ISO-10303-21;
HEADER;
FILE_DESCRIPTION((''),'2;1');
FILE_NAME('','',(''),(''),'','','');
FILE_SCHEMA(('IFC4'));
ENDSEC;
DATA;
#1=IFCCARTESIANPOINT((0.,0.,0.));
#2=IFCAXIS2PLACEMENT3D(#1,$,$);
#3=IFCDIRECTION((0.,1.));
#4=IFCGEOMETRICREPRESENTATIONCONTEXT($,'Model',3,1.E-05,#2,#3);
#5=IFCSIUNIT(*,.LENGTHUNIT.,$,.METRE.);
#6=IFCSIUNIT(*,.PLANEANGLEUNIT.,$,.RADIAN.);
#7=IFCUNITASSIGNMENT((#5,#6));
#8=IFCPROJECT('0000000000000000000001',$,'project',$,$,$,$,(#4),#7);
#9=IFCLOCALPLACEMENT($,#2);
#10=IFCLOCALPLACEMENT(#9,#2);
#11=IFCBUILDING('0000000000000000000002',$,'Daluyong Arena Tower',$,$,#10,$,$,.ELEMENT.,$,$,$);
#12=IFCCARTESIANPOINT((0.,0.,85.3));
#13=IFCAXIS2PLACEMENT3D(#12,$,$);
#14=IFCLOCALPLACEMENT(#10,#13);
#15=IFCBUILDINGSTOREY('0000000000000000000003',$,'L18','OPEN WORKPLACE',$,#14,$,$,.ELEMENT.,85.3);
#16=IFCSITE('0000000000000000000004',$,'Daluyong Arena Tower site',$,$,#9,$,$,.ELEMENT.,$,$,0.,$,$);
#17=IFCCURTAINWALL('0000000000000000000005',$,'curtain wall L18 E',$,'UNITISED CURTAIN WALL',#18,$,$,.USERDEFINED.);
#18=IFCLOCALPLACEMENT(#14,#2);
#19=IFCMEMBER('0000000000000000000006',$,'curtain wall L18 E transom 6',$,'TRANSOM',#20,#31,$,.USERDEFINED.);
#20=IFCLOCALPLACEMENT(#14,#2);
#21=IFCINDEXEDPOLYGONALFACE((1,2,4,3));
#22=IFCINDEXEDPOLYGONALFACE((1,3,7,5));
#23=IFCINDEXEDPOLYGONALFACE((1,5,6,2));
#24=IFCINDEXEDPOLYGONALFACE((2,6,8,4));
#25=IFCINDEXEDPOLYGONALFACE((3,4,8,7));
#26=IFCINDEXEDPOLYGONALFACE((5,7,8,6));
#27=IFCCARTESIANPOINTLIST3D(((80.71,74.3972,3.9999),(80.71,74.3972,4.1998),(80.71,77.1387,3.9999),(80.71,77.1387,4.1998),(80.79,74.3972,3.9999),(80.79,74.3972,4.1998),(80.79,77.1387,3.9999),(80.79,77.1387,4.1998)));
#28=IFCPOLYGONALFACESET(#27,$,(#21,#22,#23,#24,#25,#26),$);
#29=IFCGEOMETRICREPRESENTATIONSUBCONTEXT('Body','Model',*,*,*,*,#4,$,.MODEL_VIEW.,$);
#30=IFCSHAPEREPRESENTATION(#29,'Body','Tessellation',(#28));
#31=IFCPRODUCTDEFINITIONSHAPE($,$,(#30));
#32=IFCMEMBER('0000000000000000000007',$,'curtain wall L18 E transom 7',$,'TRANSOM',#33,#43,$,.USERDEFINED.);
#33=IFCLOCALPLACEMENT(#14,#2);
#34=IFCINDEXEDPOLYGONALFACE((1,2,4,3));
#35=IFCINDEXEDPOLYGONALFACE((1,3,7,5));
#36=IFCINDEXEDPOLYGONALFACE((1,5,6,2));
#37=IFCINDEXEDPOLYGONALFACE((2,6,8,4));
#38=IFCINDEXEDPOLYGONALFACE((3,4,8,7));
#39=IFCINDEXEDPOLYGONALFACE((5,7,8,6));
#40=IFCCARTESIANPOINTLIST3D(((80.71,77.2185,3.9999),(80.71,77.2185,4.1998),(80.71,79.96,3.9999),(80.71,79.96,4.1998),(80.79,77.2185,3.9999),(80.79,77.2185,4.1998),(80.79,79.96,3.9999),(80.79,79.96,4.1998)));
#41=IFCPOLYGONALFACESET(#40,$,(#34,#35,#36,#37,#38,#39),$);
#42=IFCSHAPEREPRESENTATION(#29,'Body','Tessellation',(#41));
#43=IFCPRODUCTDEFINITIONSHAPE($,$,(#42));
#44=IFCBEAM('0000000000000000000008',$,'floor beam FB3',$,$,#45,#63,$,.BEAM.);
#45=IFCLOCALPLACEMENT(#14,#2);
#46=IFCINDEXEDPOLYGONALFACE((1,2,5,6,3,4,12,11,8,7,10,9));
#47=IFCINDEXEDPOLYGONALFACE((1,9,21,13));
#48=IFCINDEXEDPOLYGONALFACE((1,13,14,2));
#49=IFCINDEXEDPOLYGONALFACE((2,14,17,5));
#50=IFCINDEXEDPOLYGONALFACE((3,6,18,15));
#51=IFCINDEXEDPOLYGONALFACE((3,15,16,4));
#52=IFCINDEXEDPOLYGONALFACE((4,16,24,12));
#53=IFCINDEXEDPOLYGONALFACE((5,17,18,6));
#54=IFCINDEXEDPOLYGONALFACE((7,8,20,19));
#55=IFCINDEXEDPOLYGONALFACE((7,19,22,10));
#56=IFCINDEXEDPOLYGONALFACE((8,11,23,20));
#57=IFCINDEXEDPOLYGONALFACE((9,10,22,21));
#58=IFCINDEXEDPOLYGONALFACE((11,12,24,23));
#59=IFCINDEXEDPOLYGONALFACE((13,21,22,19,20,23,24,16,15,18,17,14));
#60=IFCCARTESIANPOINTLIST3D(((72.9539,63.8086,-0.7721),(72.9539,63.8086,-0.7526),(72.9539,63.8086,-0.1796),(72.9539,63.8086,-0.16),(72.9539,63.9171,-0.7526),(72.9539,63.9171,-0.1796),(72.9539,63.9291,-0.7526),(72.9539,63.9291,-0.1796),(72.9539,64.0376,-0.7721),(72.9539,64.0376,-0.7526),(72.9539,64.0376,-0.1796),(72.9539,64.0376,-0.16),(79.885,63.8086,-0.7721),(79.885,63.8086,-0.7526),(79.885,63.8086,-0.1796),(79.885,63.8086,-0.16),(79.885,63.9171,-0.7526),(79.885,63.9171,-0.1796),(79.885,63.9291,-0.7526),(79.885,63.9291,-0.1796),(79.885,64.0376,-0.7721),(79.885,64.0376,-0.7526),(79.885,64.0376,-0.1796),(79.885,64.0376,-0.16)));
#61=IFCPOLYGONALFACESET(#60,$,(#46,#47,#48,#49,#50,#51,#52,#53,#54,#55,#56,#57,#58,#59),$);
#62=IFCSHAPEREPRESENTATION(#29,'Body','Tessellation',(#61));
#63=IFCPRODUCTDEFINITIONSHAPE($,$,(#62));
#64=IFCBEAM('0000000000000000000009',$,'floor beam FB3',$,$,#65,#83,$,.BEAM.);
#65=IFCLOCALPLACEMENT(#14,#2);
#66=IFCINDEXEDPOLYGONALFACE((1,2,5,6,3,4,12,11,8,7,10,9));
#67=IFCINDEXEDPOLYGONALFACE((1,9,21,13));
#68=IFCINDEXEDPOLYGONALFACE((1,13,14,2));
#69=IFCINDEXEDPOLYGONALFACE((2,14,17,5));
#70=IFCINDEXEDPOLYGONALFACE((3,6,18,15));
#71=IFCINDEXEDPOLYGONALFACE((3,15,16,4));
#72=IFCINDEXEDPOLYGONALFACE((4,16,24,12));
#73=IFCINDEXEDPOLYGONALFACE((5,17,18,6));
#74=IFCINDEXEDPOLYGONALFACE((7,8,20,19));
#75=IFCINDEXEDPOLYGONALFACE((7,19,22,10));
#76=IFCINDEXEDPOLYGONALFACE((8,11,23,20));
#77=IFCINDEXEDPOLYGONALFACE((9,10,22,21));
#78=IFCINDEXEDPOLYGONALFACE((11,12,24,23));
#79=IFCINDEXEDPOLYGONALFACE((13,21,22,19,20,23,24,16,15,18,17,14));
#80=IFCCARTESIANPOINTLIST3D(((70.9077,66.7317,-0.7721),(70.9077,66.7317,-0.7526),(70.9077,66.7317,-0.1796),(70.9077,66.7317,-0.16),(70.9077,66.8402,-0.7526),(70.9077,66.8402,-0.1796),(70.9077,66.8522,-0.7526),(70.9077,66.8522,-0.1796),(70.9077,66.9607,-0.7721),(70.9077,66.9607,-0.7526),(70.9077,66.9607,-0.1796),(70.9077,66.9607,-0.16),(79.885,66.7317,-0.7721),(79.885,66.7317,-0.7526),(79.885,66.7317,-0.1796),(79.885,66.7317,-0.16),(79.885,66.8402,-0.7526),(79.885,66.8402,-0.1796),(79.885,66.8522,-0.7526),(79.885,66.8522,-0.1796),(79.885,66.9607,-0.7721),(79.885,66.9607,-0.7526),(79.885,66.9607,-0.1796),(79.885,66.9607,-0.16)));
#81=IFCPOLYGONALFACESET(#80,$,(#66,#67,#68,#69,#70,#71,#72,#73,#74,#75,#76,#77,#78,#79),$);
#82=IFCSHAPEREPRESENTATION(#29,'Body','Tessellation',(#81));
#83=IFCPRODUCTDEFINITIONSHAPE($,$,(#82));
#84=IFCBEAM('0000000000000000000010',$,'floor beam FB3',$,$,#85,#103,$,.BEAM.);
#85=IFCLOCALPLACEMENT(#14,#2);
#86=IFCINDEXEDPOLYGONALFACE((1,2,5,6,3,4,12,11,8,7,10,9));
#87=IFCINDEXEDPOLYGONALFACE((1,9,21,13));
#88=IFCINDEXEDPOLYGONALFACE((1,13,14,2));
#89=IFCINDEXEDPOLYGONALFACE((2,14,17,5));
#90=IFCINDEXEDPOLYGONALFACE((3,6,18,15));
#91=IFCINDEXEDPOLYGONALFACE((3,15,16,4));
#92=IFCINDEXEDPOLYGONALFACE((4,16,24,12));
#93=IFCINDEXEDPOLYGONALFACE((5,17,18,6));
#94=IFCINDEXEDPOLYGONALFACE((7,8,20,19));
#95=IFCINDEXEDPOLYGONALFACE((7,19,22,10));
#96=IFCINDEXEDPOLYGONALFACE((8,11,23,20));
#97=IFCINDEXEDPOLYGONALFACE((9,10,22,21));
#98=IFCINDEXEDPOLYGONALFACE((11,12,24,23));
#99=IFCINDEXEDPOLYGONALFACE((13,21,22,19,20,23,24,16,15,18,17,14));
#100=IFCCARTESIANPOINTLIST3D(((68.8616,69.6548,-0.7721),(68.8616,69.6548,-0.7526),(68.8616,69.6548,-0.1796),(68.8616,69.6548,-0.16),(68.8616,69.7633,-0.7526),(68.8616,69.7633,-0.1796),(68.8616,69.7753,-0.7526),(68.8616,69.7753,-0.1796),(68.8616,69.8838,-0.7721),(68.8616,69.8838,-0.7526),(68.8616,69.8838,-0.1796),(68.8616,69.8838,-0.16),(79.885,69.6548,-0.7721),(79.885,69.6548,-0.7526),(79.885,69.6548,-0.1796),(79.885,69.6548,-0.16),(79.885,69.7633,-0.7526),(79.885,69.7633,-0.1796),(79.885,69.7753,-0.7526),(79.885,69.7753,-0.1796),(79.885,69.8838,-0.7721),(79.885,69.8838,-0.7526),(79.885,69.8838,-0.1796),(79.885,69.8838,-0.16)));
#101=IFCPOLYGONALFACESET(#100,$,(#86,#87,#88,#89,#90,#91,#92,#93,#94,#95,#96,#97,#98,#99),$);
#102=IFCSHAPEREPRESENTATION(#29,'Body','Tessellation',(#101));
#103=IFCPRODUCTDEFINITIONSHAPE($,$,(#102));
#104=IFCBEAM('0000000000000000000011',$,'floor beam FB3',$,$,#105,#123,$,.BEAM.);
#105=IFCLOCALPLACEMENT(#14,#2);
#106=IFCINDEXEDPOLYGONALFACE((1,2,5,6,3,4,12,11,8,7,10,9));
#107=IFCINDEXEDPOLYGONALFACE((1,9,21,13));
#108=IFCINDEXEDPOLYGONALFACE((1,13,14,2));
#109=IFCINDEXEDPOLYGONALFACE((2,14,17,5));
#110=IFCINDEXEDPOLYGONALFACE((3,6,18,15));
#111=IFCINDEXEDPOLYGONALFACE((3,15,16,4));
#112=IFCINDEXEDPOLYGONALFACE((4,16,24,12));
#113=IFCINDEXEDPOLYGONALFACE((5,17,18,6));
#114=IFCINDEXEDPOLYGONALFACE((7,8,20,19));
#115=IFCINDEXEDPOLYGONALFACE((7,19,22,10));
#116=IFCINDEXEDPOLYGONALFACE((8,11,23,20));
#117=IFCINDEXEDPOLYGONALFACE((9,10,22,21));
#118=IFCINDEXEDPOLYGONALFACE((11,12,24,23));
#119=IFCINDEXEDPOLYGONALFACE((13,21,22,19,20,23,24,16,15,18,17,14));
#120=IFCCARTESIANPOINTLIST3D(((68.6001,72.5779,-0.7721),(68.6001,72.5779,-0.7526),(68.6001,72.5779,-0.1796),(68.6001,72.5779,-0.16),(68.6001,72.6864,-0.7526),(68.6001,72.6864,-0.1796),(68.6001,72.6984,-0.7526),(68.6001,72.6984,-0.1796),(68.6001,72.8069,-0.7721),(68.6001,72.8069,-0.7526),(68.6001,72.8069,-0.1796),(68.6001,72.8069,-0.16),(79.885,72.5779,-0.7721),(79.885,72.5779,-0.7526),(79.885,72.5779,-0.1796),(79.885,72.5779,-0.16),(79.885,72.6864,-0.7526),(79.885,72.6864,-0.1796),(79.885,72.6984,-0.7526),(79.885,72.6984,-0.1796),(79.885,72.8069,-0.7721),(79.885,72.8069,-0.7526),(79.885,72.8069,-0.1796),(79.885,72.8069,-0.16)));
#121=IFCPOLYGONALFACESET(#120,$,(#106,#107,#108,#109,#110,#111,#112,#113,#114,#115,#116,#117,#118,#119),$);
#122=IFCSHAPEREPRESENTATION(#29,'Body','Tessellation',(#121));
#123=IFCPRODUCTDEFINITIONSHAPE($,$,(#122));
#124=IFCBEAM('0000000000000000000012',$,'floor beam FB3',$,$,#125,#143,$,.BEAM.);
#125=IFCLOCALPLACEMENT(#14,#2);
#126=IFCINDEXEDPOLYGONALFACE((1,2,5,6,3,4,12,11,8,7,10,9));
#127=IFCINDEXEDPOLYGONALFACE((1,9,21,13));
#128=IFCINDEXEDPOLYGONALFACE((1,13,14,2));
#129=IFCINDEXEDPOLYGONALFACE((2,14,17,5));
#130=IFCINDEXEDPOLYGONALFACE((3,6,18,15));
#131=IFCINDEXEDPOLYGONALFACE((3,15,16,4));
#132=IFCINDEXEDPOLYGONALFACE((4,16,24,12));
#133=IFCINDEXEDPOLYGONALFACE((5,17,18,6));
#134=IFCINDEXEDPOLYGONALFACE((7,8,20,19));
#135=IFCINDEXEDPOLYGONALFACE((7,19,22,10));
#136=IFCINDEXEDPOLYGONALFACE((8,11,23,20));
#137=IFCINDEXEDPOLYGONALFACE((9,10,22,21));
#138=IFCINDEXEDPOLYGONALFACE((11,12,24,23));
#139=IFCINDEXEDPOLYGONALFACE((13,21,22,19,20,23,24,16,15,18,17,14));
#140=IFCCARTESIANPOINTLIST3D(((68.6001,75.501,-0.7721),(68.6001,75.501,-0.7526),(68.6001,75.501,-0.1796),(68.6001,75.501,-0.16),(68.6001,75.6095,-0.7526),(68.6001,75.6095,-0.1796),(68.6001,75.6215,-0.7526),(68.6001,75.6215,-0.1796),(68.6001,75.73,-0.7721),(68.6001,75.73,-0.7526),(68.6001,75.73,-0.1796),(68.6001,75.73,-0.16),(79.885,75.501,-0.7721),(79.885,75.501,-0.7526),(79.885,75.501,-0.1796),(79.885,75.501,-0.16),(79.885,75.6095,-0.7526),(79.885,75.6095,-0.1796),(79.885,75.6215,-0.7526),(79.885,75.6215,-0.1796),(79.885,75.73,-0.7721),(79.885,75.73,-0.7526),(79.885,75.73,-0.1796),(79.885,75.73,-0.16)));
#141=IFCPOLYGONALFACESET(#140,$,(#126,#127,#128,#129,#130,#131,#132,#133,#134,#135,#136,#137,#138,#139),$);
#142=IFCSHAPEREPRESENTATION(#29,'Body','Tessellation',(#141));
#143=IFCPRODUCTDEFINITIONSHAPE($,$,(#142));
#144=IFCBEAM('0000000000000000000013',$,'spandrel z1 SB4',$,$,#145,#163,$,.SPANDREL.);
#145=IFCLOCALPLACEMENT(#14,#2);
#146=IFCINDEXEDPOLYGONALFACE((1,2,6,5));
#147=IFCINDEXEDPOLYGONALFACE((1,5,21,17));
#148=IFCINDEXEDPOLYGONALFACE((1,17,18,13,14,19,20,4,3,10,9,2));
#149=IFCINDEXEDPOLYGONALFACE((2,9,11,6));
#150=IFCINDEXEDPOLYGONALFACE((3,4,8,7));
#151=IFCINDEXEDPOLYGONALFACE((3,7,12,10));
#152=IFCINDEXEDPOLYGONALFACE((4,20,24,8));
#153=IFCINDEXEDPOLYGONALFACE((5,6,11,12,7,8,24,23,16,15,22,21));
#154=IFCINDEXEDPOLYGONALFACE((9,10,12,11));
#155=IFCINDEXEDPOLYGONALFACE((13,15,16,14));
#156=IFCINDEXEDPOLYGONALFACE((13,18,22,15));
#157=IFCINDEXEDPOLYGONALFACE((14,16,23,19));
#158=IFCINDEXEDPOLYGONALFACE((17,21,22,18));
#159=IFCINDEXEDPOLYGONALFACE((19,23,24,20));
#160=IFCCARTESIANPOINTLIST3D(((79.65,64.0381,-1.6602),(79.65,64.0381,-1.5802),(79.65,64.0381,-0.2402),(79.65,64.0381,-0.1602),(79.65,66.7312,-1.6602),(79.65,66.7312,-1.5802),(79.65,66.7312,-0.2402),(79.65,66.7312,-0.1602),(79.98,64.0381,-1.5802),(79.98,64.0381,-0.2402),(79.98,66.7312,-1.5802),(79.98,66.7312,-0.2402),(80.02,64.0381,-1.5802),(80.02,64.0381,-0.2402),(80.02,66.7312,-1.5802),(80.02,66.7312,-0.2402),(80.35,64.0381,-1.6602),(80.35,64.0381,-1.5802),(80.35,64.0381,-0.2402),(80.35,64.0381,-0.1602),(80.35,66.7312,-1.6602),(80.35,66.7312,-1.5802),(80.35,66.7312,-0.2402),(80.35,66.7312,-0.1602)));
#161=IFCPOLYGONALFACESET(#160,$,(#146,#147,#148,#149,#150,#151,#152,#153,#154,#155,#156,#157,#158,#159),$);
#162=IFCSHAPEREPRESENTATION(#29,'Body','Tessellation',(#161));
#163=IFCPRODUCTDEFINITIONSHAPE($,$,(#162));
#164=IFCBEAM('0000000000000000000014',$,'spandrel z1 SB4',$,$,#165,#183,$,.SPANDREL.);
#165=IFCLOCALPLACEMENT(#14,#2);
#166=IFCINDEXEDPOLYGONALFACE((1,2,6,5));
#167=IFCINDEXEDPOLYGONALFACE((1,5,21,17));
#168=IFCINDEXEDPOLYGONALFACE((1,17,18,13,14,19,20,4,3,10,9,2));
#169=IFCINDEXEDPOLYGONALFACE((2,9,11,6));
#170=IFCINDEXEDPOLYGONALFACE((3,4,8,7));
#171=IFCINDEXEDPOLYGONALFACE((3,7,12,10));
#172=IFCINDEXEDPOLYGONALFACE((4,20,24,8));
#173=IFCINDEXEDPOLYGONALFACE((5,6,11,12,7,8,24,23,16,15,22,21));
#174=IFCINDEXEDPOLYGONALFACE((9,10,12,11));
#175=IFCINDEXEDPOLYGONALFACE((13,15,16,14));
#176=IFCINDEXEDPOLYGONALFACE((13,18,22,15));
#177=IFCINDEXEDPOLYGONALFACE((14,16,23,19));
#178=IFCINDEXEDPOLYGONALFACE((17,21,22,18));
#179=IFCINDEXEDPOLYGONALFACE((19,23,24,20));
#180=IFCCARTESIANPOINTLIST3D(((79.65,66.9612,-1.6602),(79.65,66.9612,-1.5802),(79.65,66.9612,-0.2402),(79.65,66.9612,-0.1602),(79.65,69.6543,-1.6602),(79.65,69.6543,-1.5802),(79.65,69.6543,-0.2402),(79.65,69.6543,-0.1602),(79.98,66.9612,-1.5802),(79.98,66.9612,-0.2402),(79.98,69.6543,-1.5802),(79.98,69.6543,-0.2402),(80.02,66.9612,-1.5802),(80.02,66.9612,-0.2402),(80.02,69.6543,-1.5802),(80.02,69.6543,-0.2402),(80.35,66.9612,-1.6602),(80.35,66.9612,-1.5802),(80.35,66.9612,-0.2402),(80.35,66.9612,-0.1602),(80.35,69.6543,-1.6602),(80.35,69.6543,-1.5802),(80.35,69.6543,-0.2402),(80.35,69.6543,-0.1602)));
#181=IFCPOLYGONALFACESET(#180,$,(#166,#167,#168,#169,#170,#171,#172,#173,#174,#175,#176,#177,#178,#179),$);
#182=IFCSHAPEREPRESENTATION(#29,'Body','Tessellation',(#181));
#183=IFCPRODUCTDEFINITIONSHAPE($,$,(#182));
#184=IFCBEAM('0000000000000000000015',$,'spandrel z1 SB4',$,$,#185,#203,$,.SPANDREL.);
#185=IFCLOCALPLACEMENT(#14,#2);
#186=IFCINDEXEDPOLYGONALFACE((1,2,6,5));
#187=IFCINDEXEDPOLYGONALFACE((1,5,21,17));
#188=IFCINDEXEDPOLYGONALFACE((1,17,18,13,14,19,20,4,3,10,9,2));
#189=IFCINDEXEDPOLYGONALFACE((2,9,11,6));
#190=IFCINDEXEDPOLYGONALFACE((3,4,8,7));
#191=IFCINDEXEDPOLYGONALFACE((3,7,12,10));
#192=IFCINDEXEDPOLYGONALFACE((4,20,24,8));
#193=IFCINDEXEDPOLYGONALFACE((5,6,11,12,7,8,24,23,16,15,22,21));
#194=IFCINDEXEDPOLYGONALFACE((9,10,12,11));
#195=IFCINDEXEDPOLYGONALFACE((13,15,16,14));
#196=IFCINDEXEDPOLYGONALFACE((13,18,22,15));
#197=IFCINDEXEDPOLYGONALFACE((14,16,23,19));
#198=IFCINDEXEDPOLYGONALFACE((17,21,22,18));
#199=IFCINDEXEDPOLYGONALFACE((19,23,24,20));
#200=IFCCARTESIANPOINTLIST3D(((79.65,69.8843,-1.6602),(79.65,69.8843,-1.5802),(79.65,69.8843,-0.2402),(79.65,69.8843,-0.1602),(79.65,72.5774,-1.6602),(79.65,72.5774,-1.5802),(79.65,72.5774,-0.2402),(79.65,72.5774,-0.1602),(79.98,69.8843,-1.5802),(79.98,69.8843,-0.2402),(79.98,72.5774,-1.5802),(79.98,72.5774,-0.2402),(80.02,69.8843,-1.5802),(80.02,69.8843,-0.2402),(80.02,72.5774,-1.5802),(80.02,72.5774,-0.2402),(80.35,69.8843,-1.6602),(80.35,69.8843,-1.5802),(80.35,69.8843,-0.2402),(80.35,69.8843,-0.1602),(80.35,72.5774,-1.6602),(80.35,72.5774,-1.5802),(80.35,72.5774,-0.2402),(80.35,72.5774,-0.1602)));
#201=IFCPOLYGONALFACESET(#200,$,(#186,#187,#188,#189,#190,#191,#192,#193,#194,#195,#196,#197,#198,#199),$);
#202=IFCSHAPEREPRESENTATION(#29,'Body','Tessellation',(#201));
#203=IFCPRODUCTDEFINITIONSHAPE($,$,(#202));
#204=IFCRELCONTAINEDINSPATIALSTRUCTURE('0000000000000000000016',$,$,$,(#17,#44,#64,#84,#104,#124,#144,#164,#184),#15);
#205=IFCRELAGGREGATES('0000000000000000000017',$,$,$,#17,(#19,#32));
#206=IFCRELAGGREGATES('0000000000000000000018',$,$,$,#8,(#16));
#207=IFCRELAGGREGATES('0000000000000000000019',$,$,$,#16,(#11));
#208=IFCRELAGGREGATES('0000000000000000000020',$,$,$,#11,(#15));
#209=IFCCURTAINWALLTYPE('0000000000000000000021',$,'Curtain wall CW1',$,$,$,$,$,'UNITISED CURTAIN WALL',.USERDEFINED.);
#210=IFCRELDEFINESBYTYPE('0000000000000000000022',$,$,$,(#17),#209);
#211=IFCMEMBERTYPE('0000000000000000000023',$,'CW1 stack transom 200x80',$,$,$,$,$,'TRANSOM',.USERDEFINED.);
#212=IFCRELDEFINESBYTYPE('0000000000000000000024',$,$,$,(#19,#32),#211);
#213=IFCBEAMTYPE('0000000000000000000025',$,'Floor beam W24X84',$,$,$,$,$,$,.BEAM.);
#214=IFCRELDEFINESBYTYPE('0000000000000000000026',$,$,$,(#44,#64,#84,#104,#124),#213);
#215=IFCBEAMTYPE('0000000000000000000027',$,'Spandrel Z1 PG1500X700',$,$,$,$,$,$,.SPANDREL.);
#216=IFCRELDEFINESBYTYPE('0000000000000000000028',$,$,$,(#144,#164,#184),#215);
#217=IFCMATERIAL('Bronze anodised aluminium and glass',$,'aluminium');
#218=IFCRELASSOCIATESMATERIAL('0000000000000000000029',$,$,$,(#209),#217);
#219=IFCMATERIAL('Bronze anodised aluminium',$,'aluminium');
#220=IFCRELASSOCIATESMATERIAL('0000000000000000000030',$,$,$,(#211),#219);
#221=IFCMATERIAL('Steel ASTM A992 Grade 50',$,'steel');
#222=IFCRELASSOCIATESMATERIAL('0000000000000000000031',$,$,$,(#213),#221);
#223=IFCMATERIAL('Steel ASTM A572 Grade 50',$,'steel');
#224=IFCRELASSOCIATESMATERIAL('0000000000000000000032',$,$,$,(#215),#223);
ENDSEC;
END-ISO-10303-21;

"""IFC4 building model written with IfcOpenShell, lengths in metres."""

from ifc_helpers import new_model, si_unit, direction, frame, origin, origin_2d, place, context, subcontext, project, spatial, rectangle, i_section, extrude, material, material_profile, profile_set, type_object, element, aggregate, save


model = new_model("IFC4")

# Units and contexts
model_context = context("Model", 3, precision=1e-05, world=origin(), true_north=direction((0.0, 1.0)))
body_context = subcontext(model_context, "Body", "Model", "MODEL_VIEW")
ifc_project = project(units=[si_unit("LENGTHUNIT", "METRE"), si_unit("PLANEANGLEUNIT", "RADIAN")], contexts=[model_context])

# Site, building, storey
site_placement = place(None, origin())
site = spatial("IfcSite", under=ifc_project, at=site_placement, Name="Daluyong Arena Tower site", CompositionType="ELEMENT", RefElevation=0.0)
building_placement = place(site_placement, origin())
building = spatial("IfcBuilding", under=site, at=building_placement, Name="Daluyong Arena Tower", CompositionType="ELEMENT")
storey_placement = place(building_placement, frame((0.0, 0.0, 85.3)))
storey = spatial("IfcBuildingStorey", under=building, at=storey_placement, Name="L18", Description="OPEN WORKPLACE", CompositionType="ELEMENT", Elevation=85.3)

# Curtain wall, members
ifc_material_1 = material(Name="Bronze anodised aluminium and glass", Category="aluminium")
curtain_wall_type = type_object("IfcCurtainWallType", Name="Curtain wall CW1", ElementType="UNITISED CURTAIN WALL", PredefinedType="USERDEFINED", material=ifc_material_1)
curtain_wall_placement = place(storey_placement, origin())
curtain_wall = element("IfcCurtainWall", 1, at=curtain_wall_placement, inside=storey, type_object=curtain_wall_type, Name="curtain wall L18 E", ObjectType="UNITISED CURTAIN WALL", PredefinedType="USERDEFINED")
ifc_material_2 = material(Name="Bronze anodised aluminium", Category="aluminium")
ifc_material_profile_1 = material_profile(ifc_material_2, rectangle(XDim=0.0801, YDim=0.2, at=origin_2d()))
ifc_profile_set_1 = profile_set([ifc_material_profile_1], Name="Bronze anodised aluminium")
member_type_1 = type_object("IfcMemberType", Name="CW1 stack transom 200x80", ElementType="TRANSOM", PredefinedType="USERDEFINED", material=ifc_profile_set_1)
member_1_placement = place(storey_placement, frame((80.75, 74.3972, 4.0999), z_axis=(0.0, 1.0, 0.0), x_axis=(-1.0, 0.0, 0.0)))
member_1 = element("IfcMember", 2, at=member_1_placement, type_object=member_type_1, Name="curtain wall L18 E transom 6", ObjectType="TRANSOM", PredefinedType="USERDEFINED", context=body_context, shape_type="SweptSolid", body=[
    extrude(rectangle(XDim=0.0801, YDim=0.2, at=origin_2d()), origin(), (0.0, 0.0, 1.0), 2.7415),
])
member_2_placement = place(storey_placement, frame((80.75, 77.2185, 4.0999), z_axis=(0.0, 1.0, 0.0), x_axis=(-1.0, 0.0, 0.0)))
member_2 = element("IfcMember", 3, at=member_2_placement, type_object=member_type_1, Name="curtain wall L18 E transom 7", ObjectType="TRANSOM", PredefinedType="USERDEFINED", context=body_context, shape_type="SweptSolid", body=[
    extrude(rectangle(XDim=0.0801, YDim=0.2, at=origin_2d()), origin(), (0.0, 0.0, 1.0), 2.7415),
])

# Beams
ifc_material_3 = material(Name="Steel ASTM A992 Grade 50", Category="steel")
ifc_material_profile_2 = material_profile(ifc_material_3, i_section(OverallWidth=0.229, OverallDepth=0.6121, WebThickness=0.012, FlangeThickness=0.0195, at=origin_2d()))
ifc_profile_set_2 = profile_set([ifc_material_profile_2], Name="Steel ASTM A992 Grade 50")
beam_type_1 = type_object("IfcBeamType", Name="Floor beam W24X84", PredefinedType="BEAM", material=ifc_profile_set_2)
beam_1_placement = place(storey_placement, frame((79.885, 63.9231, -0.4661), z_axis=(-1.0, 0.0, 0.0), x_axis=(0.0, -1.0, 0.0)))
element("IfcBeam", 4, at=beam_1_placement, inside=storey, type_object=beam_type_1, Name="floor beam FB3", PredefinedType="BEAM", context=body_context, shape_type="SweptSolid", body=[
    extrude(i_section(OverallWidth=0.229, OverallDepth=0.6121, WebThickness=0.012, FlangeThickness=0.0195, at=origin_2d()), origin(), (0.0, 0.0, 1.0), 6.9312),
])
beam_2_placement = place(storey_placement, frame((79.885, 66.8462, -0.4661), z_axis=(-1.0, 0.0, 0.0), x_axis=(0.0, -1.0, 0.0)))
element("IfcBeam", 5, at=beam_2_placement, inside=storey, type_object=beam_type_1, Name="floor beam FB3", PredefinedType="BEAM", context=body_context, shape_type="SweptSolid", body=[
    extrude(i_section(OverallWidth=0.229, OverallDepth=0.6121, WebThickness=0.012, FlangeThickness=0.0195, at=origin_2d()), origin(), (0.0, 0.0, 1.0), 8.9773),
])
beam_3_placement = place(storey_placement, frame((79.885, 69.7693, -0.4661), z_axis=(-1.0, 0.0, 0.0), x_axis=(0.0, -1.0, 0.0)))
element("IfcBeam", 6, at=beam_3_placement, inside=storey, type_object=beam_type_1, Name="floor beam FB3", PredefinedType="BEAM", context=body_context, shape_type="SweptSolid", body=[
    extrude(i_section(OverallWidth=0.229, OverallDepth=0.6121, WebThickness=0.012, FlangeThickness=0.0195, at=origin_2d()), origin(), (0.0, 0.0, 1.0), 11.0234),
])
for number, where, z_axis, x_axis, name in (
    (7, (79.885, 72.6924, -0.4661), (-1.0, 0.0, 0.0), (0.0, -1.0, 0.0), "floor beam FB3"),
    (8, (79.885, 75.6155, -0.4661), (-1.0, 0.0, 0.0), (0.0, -1.0, 0.0), "floor beam FB3"),
):
    element("IfcBeam", number, at=place(storey_placement, frame(where, z_axis=z_axis, x_axis=x_axis)), inside=storey, type_object=beam_type_1, Name=name, PredefinedType="BEAM", context=body_context, shape_type="SweptSolid", body=[
        extrude(i_section(OverallWidth=0.229, OverallDepth=0.6121, WebThickness=0.012, FlangeThickness=0.0195, at=origin_2d()), origin(), (0.0, 0.0, 1.0), 11.2849),
    ])
ifc_material_4 = material(Name="Steel ASTM A572 Grade 50", Category="steel")
ifc_material_profile_3 = material_profile(ifc_material_4, i_section(OverallWidth=0.7, OverallDepth=1.5, WebThickness=0.04, FlangeThickness=0.08, at=origin_2d()))
ifc_profile_set_3 = profile_set([ifc_material_profile_3], Name="Steel ASTM A572 Grade 50")
beam_type_2 = type_object("IfcBeamType", Name="Spandrel Z1 PG1500X700", PredefinedType="SPANDREL", material=ifc_profile_set_3)
for number, where, z_axis, x_axis, name in (
    (9, (80.0, 64.0381, -0.9102), (0.0, 1.0, 0.0), (-1.0, 0.0, 0.0), "spandrel z1 SB4"),
    (10, (80.0, 66.9612, -0.9102), (0.0, 1.0, 0.0), (-1.0, 0.0, 0.0), "spandrel z1 SB4"),
    (11, (80.0, 69.8843, -0.9102), (0.0, 1.0, 0.0), (-1.0, 0.0, 0.0), "spandrel z1 SB4"),
):
    element("IfcBeam", number, at=place(storey_placement, frame(where, z_axis=z_axis, x_axis=x_axis)), inside=storey, type_object=beam_type_2, Name=name, PredefinedType="SPANDREL", context=body_context, shape_type="SweptSolid", body=[
        extrude(i_section(OverallWidth=0.7, OverallDepth=1.5, WebThickness=0.04, FlangeThickness=0.08, at=origin_2d()), origin(), (0.0, 0.0, 1.0), 2.6931),
    ])

aggregate(curtain_wall, [member_1, member_2])

save(model, "model.ifc")
